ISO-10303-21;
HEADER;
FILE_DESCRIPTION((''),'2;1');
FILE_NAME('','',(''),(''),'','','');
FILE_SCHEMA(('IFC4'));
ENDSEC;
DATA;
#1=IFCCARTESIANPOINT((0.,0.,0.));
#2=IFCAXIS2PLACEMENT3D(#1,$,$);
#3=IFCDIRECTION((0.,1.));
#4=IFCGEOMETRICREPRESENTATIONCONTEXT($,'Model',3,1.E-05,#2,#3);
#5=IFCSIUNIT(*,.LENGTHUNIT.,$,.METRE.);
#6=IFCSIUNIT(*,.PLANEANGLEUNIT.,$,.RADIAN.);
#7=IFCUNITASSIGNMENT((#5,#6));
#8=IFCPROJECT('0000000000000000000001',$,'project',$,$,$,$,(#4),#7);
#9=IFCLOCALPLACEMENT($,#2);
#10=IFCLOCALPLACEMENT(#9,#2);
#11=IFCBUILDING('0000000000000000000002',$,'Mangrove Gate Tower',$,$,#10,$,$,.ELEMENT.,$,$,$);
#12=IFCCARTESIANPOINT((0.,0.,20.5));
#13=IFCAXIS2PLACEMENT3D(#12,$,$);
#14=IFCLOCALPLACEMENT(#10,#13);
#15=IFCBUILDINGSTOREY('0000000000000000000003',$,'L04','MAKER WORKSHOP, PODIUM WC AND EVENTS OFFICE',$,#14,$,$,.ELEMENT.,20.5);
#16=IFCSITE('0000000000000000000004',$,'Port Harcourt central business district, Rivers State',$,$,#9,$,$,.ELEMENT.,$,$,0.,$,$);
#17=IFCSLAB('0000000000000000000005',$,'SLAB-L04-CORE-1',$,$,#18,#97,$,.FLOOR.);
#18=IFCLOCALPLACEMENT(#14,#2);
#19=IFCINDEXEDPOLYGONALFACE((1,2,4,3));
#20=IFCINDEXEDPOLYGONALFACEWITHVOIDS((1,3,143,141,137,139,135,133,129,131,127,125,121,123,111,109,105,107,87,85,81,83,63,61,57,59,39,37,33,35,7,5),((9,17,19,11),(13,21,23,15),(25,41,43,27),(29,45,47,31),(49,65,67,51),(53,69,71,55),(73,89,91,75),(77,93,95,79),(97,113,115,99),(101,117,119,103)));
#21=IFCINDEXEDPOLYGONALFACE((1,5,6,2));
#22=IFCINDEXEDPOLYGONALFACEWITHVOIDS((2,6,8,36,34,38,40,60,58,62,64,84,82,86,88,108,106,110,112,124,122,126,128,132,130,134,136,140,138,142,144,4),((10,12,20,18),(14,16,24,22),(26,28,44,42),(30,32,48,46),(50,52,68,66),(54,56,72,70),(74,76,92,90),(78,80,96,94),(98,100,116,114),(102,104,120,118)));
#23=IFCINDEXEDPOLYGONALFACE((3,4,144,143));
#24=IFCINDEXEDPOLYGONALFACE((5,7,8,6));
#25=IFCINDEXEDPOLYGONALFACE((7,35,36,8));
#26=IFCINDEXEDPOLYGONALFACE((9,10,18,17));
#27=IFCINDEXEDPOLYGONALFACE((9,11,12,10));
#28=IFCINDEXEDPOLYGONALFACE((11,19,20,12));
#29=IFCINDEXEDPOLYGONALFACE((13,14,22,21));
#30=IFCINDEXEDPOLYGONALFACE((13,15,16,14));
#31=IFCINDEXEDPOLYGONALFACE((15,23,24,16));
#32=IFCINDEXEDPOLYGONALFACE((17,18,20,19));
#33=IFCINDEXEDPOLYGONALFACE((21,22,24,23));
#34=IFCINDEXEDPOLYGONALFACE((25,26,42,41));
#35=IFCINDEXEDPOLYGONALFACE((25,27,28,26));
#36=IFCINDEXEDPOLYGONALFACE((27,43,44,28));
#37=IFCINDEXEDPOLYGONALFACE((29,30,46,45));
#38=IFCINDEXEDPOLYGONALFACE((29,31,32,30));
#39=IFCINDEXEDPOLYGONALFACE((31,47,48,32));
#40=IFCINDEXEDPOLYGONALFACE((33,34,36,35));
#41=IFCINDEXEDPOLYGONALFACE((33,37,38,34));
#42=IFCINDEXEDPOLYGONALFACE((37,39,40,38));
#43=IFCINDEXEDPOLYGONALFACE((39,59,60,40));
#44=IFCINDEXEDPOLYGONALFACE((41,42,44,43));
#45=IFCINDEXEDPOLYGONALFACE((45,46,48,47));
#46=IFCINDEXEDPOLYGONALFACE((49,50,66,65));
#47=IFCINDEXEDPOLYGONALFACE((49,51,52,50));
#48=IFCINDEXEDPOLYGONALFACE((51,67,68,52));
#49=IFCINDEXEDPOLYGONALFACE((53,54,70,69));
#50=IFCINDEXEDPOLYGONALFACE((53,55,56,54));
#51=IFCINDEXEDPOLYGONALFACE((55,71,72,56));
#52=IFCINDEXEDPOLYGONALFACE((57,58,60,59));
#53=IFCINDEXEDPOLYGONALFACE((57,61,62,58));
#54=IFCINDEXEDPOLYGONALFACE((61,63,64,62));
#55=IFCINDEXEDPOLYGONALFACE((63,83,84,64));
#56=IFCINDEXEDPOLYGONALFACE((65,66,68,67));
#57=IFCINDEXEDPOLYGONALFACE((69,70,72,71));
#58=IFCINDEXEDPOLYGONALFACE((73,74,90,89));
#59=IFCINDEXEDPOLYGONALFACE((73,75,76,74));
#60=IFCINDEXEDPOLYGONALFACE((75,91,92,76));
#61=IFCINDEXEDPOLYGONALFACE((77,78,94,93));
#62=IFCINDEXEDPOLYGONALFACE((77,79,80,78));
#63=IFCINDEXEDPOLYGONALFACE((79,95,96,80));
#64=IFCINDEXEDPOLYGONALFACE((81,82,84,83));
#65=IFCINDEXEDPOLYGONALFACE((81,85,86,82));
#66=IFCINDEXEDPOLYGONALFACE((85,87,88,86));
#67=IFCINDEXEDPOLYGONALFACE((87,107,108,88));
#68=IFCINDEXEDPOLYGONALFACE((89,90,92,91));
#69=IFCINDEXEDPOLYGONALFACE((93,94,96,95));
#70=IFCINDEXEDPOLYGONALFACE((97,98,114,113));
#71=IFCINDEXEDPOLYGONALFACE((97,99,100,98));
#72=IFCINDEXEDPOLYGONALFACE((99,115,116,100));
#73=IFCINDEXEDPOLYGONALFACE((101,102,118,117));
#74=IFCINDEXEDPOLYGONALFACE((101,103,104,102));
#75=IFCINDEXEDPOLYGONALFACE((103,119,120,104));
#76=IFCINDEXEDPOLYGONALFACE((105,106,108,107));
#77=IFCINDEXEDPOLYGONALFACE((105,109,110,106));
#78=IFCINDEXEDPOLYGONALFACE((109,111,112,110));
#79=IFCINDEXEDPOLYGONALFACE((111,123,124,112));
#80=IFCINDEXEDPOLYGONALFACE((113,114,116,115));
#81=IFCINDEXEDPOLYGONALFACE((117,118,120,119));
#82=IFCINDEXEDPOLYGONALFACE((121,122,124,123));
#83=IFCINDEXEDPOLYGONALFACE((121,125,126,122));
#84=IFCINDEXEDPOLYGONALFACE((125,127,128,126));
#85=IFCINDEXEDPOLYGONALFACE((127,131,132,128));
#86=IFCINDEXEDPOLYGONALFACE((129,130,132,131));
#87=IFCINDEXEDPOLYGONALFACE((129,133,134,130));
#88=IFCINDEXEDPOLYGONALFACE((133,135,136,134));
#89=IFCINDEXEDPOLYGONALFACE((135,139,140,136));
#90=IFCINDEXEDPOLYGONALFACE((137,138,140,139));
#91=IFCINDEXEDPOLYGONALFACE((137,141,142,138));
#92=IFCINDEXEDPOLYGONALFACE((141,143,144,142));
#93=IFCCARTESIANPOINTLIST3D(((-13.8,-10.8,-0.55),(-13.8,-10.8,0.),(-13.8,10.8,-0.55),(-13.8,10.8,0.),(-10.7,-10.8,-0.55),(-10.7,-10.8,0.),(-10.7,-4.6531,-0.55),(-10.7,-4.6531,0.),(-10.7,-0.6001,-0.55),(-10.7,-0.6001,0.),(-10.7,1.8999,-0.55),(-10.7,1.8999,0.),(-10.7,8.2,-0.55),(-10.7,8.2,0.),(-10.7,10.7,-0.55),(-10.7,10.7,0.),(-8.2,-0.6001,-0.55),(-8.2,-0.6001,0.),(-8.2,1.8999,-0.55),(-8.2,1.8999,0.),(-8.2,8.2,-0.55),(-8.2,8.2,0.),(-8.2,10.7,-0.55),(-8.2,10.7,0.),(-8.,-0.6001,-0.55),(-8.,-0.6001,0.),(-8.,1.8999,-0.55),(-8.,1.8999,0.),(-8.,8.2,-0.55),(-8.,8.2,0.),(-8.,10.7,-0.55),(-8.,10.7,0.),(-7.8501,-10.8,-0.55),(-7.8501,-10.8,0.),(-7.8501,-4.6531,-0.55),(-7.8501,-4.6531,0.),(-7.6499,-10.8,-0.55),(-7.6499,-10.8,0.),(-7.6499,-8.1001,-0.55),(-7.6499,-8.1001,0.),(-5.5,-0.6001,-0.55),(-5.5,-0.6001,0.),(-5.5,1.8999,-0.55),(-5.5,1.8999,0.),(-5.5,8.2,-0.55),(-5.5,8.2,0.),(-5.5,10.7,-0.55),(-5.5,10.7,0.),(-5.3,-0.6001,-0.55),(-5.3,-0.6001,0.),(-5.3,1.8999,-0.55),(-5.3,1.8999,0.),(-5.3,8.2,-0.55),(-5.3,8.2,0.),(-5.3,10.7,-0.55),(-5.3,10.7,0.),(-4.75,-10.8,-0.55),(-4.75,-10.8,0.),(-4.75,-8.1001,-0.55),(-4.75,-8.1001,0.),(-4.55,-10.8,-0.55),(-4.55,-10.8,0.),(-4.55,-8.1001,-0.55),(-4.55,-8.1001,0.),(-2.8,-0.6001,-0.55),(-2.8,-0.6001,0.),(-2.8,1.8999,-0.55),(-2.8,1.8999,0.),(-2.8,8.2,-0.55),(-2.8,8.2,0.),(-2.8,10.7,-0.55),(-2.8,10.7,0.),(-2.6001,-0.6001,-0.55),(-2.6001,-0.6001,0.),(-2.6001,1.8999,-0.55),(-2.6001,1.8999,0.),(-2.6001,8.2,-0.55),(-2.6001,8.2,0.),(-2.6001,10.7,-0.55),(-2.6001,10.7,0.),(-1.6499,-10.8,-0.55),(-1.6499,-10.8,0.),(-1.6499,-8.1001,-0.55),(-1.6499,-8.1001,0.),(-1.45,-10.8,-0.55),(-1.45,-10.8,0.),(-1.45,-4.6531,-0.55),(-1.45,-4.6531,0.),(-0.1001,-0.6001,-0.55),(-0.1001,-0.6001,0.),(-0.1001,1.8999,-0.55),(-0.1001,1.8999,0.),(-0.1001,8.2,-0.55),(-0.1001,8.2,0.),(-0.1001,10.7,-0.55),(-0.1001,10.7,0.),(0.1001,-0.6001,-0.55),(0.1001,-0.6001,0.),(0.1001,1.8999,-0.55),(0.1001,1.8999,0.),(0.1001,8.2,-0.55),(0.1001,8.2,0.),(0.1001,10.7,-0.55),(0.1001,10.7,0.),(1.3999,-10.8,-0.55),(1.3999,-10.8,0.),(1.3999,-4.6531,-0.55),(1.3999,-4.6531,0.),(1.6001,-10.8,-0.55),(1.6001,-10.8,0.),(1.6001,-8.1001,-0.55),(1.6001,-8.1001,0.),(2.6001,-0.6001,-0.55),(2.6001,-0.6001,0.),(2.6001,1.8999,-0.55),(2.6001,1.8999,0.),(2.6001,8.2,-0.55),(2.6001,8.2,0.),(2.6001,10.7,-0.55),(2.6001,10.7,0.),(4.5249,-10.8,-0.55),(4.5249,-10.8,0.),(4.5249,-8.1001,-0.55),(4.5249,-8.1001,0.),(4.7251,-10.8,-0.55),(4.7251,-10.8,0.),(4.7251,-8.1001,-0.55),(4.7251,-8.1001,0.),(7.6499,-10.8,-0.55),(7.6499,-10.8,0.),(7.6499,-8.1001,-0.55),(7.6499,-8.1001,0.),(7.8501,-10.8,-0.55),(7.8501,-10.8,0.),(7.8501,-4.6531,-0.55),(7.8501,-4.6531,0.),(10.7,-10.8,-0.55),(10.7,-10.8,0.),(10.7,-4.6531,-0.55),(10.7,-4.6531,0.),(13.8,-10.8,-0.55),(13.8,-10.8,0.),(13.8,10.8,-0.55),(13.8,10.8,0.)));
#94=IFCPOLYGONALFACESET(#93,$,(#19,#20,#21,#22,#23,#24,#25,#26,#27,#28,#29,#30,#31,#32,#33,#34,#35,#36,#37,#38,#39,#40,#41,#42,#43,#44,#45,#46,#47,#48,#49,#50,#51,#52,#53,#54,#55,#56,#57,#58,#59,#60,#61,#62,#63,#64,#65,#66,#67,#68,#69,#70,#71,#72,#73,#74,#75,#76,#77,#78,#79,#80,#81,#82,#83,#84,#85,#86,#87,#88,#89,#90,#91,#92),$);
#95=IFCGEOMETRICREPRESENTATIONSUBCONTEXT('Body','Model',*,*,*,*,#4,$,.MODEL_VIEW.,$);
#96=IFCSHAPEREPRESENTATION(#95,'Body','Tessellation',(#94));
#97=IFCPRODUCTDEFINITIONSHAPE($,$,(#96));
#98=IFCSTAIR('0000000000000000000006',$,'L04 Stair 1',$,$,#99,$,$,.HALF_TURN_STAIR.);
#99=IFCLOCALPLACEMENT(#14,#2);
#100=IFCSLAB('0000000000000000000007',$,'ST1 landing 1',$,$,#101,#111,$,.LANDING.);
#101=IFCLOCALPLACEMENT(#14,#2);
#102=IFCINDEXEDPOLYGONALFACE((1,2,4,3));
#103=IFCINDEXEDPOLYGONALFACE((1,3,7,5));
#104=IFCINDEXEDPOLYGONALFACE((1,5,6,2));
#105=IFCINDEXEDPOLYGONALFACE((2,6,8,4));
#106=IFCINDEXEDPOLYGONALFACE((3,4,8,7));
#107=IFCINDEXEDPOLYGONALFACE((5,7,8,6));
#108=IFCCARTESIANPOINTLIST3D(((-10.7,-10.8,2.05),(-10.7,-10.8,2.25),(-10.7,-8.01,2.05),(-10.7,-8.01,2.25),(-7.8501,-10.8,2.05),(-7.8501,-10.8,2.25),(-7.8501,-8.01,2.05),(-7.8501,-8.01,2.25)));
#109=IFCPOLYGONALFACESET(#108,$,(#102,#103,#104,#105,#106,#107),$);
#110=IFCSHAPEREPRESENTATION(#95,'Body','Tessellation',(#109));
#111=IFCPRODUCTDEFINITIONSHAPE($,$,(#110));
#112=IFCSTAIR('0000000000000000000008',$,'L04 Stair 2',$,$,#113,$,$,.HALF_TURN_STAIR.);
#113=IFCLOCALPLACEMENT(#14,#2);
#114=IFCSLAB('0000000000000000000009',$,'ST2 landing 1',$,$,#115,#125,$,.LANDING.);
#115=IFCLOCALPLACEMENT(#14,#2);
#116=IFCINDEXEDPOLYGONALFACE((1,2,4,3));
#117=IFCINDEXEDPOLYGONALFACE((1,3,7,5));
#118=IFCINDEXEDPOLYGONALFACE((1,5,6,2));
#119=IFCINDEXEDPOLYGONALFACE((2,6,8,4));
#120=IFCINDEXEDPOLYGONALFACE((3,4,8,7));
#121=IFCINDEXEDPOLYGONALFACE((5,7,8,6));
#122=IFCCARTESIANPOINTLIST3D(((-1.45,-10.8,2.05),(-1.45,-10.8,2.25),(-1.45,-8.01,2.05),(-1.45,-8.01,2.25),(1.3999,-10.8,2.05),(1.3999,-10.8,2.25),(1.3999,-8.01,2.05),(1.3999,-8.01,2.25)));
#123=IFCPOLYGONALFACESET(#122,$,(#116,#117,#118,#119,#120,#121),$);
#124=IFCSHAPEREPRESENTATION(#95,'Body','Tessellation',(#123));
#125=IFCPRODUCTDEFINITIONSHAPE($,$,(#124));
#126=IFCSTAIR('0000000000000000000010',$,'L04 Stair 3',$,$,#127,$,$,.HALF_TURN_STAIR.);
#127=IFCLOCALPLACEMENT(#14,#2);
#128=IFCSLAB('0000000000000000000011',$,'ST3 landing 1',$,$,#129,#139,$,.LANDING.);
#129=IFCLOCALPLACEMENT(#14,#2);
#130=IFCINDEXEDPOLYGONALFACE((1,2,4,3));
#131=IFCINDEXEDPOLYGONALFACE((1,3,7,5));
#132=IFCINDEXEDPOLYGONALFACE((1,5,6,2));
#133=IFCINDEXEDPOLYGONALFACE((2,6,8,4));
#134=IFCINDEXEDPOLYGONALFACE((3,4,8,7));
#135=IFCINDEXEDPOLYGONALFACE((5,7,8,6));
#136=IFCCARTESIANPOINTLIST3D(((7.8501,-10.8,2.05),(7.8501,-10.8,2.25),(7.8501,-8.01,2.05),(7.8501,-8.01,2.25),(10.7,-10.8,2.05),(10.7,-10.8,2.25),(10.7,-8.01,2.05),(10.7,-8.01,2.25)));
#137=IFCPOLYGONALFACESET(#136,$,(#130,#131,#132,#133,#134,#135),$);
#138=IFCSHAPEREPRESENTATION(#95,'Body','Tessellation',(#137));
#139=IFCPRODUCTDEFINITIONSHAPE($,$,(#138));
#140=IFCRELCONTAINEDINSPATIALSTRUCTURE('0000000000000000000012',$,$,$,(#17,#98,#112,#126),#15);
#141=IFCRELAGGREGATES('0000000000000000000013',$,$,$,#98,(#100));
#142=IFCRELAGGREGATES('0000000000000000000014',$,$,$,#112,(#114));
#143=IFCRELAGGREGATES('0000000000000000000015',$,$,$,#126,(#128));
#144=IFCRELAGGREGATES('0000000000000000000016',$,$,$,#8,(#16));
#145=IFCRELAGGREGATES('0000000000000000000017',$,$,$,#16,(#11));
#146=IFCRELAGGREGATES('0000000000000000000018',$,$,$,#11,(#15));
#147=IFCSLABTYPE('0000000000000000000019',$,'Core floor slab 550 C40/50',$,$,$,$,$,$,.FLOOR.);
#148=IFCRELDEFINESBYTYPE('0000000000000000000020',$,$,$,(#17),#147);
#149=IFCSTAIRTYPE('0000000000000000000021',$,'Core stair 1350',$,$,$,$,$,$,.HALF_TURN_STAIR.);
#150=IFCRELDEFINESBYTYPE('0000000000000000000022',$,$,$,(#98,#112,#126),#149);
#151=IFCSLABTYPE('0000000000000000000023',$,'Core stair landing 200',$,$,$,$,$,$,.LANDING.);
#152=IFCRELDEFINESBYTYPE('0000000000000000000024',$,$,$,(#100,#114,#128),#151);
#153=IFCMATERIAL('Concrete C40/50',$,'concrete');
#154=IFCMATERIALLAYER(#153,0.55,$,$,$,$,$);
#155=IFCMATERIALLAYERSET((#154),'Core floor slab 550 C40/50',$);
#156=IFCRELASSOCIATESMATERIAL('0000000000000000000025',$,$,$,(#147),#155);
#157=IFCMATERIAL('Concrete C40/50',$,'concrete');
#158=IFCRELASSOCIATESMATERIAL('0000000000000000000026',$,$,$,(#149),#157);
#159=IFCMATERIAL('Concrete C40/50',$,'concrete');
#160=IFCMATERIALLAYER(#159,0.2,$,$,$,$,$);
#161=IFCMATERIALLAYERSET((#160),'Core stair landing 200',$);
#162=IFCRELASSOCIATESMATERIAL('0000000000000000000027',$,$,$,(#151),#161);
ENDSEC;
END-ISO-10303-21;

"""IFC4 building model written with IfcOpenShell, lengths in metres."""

from ifc_helpers import new_model, si_unit, direction, frame, origin, place, context, subcontext, project, spatial, polyline, outline, extrude, material, layer, layer_set, type_object, element, aggregate, save


model = new_model("IFC4")

# Units and contexts
model_context = context("Model", 3, precision=1e-05, world=origin(), true_north=direction((0.0, 1.0)))
body_context = subcontext(model_context, "Body", "Model", "MODEL_VIEW")
ifc_project = project(units=[si_unit("LENGTHUNIT", "METRE"), si_unit("PLANEANGLEUNIT", "RADIAN")], contexts=[model_context])

# Site, building, storey
site_placement = place(None, origin())
site = spatial("IfcSite", under=ifc_project, at=site_placement, Name="Port Harcourt central business district, Rivers State", CompositionType="ELEMENT", RefElevation=0.0)
building_placement = place(site_placement, origin())
building = spatial("IfcBuilding", under=site, at=building_placement, Name="Mangrove Gate Tower", CompositionType="ELEMENT")
storey_placement = place(building_placement, frame((0.0, 0.0, 20.5)))
storey = spatial("IfcBuildingStorey", under=building, at=storey_placement, Name="L04", Description="MAKER WORKSHOP, PODIUM WC AND EVENTS OFFICE", CompositionType="ELEMENT", Elevation=20.5)

# Slab
ifc_material_1 = material(Name="Concrete C40/50", Category="concrete")
ifc_layer_1 = layer(ifc_material_1, 0.55)
ifc_layer_set_1 = layer_set([ifc_layer_1], Name="Core floor slab 550 C40/50")
slab_type_1 = type_object("IfcSlabType", Name="Core floor slab 550 C40/50", PredefinedType="FLOOR", material=ifc_layer_set_1)
slab_1_placement = place(storey_placement, frame((0.0, 0.0, -0.55)))
element("IfcSlab", 1, at=slab_1_placement, inside=storey, type_object=slab_type_1, Name="SLAB-L04-CORE-1", PredefinedType="FLOOR", context=body_context, shape_type="SweptSolid", body=[
    extrude(outline(polyline([(-13.8, -10.8), (-13.8, 10.8), (13.8, 10.8), (13.8, -10.8), (10.7, -10.8), (10.7, -4.6531), (7.8501, -4.6531), (7.8501, -10.8), (7.6499, -10.8), (7.6499, -8.1001), (4.7251, -8.1001), (4.7251, -10.8), (4.5249, -10.8), (4.5249, -8.1001), (1.6001, -8.1001), (1.6001, -10.8), (1.3999, -10.8), (1.3999, -4.6531), (-1.45, -4.6531), (-1.45, -10.8), (-1.6499, -10.8), (-1.6499, -8.1001), (-4.55, -8.1001), (-4.55, -10.8), (-4.75, -10.8), (-4.75, -8.1001), (-7.6499, -8.1001), (-7.6499, -10.8), (-7.8501, -10.8), (-7.8501, -4.6531), (-10.7, -4.6531), (-10.7, -10.8), (-13.8, -10.8)]), holes=[polyline([(-8.2, -0.6001), (-8.2, 1.8999), (-10.7, 1.8999), (-10.7, -0.6001), (-8.2, -0.6001)]), polyline([(-5.5, -0.6001), (-5.5, 1.8999), (-8.0, 1.8999), (-8.0, -0.6001), (-5.5, -0.6001)]), polyline([(-2.8, -0.6001), (-2.8, 1.8999), (-5.3, 1.8999), (-5.3, -0.6001), (-2.8, -0.6001)]), polyline([(-8.2, 8.2), (-8.2, 10.7), (-10.7, 10.7), (-10.7, 8.2), (-8.2, 8.2)]), polyline([(-5.5, 8.2), (-5.5, 10.7), (-8.0, 10.7), (-8.0, 8.2), (-5.5, 8.2)]), polyline([(-2.8, 8.2), (-2.8, 10.7), (-5.3, 10.7), (-5.3, 8.2), (-2.8, 8.2)]), polyline([(-0.1001, -0.6001), (-0.1001, 1.8999), (-2.6001, 1.8999), (-2.6001, -0.6001), (-0.1001, -0.6001)]), polyline([(2.6001, -0.6001), (2.6001, 1.8999), (0.1001, 1.8999), (0.1001, -0.6001), (2.6001, -0.6001)]), polyline([(-2.6001, 8.2), (-0.1001, 8.2), (-0.1001, 10.7), (-2.6001, 10.7), (-2.6001, 8.2)]), polyline([(0.1001, 8.2), (2.6001, 8.2), (2.6001, 10.7), (0.1001, 10.7), (0.1001, 8.2)])]), origin(), (0.0, 0.0, 1.0), 0.55),
])

# Stairs, slabs
ifc_material_2 = material(Name="Concrete C40/50", Category="concrete")
stair_type = type_object("IfcStairType", Name="Core stair 1350", PredefinedType="HALF_TURN_STAIR", material=ifc_material_2)
stair_1_placement = place(storey_placement, origin())
stair_1 = element("IfcStair", 2, at=stair_1_placement, inside=storey, type_object=stair_type, Name="L04 Stair 1", PredefinedType="HALF_TURN_STAIR")
ifc_material_3 = material(Name="Concrete C40/50", Category="concrete")
ifc_layer_2 = layer(ifc_material_3, 0.2)
ifc_layer_set_2 = layer_set([ifc_layer_2], Name="Core stair landing 200")
slab_type_2 = type_object("IfcSlabType", Name="Core stair landing 200", PredefinedType="LANDING", material=ifc_layer_set_2)
slab_2_placement = place(storey_placement, frame((0.0, 0.0, 2.05)))
slab_2 = element("IfcSlab", 3, at=slab_2_placement, type_object=slab_type_2, Name="ST1 landing 1", PredefinedType="LANDING", context=body_context, shape_type="SweptSolid", body=[
    extrude(outline(polyline([(-10.7, -8.01), (-10.7, -10.8), (-7.8501, -10.8), (-7.8501, -8.01), (-10.7, -8.01)])), origin(), (0.0, 0.0, 1.0), 0.2),
])
aggregate(stair_1, [slab_2])
stair_2_placement = place(storey_placement, origin())
stair_2 = element("IfcStair", 4, at=stair_2_placement, inside=storey, type_object=stair_type, Name="L04 Stair 2", PredefinedType="HALF_TURN_STAIR")
slab_3_placement = place(storey_placement, frame((0.0, 0.0, 2.05)))
slab_3 = element("IfcSlab", 5, at=slab_3_placement, type_object=slab_type_2, Name="ST2 landing 1", PredefinedType="LANDING", context=body_context, shape_type="SweptSolid", body=[
    extrude(outline(polyline([(-1.45, -8.01), (-1.45, -10.8), (1.3999, -10.8), (1.3999, -8.01), (-1.45, -8.01)])), origin(), (0.0, 0.0, 1.0), 0.2),
])
aggregate(stair_2, [slab_3])
stair_3_placement = place(storey_placement, origin())
stair_3 = element("IfcStair", 6, at=stair_3_placement, inside=storey, type_object=stair_type, Name="L04 Stair 3", PredefinedType="HALF_TURN_STAIR")
slab_4_placement = place(storey_placement, frame((0.0, 0.0, 2.05)))
slab_4 = element("IfcSlab", 7, at=slab_4_placement, type_object=slab_type_2, Name="ST3 landing 1", PredefinedType="LANDING", context=body_context, shape_type="SweptSolid", body=[
    extrude(outline(polyline([(7.8501, -8.01), (7.8501, -10.8), (10.7, -10.8), (10.7, -8.01), (7.8501, -8.01)])), origin(), (0.0, 0.0, 1.0), 0.2),
])

aggregate(stair_3, [slab_4])

save(model, "model.ifc")
